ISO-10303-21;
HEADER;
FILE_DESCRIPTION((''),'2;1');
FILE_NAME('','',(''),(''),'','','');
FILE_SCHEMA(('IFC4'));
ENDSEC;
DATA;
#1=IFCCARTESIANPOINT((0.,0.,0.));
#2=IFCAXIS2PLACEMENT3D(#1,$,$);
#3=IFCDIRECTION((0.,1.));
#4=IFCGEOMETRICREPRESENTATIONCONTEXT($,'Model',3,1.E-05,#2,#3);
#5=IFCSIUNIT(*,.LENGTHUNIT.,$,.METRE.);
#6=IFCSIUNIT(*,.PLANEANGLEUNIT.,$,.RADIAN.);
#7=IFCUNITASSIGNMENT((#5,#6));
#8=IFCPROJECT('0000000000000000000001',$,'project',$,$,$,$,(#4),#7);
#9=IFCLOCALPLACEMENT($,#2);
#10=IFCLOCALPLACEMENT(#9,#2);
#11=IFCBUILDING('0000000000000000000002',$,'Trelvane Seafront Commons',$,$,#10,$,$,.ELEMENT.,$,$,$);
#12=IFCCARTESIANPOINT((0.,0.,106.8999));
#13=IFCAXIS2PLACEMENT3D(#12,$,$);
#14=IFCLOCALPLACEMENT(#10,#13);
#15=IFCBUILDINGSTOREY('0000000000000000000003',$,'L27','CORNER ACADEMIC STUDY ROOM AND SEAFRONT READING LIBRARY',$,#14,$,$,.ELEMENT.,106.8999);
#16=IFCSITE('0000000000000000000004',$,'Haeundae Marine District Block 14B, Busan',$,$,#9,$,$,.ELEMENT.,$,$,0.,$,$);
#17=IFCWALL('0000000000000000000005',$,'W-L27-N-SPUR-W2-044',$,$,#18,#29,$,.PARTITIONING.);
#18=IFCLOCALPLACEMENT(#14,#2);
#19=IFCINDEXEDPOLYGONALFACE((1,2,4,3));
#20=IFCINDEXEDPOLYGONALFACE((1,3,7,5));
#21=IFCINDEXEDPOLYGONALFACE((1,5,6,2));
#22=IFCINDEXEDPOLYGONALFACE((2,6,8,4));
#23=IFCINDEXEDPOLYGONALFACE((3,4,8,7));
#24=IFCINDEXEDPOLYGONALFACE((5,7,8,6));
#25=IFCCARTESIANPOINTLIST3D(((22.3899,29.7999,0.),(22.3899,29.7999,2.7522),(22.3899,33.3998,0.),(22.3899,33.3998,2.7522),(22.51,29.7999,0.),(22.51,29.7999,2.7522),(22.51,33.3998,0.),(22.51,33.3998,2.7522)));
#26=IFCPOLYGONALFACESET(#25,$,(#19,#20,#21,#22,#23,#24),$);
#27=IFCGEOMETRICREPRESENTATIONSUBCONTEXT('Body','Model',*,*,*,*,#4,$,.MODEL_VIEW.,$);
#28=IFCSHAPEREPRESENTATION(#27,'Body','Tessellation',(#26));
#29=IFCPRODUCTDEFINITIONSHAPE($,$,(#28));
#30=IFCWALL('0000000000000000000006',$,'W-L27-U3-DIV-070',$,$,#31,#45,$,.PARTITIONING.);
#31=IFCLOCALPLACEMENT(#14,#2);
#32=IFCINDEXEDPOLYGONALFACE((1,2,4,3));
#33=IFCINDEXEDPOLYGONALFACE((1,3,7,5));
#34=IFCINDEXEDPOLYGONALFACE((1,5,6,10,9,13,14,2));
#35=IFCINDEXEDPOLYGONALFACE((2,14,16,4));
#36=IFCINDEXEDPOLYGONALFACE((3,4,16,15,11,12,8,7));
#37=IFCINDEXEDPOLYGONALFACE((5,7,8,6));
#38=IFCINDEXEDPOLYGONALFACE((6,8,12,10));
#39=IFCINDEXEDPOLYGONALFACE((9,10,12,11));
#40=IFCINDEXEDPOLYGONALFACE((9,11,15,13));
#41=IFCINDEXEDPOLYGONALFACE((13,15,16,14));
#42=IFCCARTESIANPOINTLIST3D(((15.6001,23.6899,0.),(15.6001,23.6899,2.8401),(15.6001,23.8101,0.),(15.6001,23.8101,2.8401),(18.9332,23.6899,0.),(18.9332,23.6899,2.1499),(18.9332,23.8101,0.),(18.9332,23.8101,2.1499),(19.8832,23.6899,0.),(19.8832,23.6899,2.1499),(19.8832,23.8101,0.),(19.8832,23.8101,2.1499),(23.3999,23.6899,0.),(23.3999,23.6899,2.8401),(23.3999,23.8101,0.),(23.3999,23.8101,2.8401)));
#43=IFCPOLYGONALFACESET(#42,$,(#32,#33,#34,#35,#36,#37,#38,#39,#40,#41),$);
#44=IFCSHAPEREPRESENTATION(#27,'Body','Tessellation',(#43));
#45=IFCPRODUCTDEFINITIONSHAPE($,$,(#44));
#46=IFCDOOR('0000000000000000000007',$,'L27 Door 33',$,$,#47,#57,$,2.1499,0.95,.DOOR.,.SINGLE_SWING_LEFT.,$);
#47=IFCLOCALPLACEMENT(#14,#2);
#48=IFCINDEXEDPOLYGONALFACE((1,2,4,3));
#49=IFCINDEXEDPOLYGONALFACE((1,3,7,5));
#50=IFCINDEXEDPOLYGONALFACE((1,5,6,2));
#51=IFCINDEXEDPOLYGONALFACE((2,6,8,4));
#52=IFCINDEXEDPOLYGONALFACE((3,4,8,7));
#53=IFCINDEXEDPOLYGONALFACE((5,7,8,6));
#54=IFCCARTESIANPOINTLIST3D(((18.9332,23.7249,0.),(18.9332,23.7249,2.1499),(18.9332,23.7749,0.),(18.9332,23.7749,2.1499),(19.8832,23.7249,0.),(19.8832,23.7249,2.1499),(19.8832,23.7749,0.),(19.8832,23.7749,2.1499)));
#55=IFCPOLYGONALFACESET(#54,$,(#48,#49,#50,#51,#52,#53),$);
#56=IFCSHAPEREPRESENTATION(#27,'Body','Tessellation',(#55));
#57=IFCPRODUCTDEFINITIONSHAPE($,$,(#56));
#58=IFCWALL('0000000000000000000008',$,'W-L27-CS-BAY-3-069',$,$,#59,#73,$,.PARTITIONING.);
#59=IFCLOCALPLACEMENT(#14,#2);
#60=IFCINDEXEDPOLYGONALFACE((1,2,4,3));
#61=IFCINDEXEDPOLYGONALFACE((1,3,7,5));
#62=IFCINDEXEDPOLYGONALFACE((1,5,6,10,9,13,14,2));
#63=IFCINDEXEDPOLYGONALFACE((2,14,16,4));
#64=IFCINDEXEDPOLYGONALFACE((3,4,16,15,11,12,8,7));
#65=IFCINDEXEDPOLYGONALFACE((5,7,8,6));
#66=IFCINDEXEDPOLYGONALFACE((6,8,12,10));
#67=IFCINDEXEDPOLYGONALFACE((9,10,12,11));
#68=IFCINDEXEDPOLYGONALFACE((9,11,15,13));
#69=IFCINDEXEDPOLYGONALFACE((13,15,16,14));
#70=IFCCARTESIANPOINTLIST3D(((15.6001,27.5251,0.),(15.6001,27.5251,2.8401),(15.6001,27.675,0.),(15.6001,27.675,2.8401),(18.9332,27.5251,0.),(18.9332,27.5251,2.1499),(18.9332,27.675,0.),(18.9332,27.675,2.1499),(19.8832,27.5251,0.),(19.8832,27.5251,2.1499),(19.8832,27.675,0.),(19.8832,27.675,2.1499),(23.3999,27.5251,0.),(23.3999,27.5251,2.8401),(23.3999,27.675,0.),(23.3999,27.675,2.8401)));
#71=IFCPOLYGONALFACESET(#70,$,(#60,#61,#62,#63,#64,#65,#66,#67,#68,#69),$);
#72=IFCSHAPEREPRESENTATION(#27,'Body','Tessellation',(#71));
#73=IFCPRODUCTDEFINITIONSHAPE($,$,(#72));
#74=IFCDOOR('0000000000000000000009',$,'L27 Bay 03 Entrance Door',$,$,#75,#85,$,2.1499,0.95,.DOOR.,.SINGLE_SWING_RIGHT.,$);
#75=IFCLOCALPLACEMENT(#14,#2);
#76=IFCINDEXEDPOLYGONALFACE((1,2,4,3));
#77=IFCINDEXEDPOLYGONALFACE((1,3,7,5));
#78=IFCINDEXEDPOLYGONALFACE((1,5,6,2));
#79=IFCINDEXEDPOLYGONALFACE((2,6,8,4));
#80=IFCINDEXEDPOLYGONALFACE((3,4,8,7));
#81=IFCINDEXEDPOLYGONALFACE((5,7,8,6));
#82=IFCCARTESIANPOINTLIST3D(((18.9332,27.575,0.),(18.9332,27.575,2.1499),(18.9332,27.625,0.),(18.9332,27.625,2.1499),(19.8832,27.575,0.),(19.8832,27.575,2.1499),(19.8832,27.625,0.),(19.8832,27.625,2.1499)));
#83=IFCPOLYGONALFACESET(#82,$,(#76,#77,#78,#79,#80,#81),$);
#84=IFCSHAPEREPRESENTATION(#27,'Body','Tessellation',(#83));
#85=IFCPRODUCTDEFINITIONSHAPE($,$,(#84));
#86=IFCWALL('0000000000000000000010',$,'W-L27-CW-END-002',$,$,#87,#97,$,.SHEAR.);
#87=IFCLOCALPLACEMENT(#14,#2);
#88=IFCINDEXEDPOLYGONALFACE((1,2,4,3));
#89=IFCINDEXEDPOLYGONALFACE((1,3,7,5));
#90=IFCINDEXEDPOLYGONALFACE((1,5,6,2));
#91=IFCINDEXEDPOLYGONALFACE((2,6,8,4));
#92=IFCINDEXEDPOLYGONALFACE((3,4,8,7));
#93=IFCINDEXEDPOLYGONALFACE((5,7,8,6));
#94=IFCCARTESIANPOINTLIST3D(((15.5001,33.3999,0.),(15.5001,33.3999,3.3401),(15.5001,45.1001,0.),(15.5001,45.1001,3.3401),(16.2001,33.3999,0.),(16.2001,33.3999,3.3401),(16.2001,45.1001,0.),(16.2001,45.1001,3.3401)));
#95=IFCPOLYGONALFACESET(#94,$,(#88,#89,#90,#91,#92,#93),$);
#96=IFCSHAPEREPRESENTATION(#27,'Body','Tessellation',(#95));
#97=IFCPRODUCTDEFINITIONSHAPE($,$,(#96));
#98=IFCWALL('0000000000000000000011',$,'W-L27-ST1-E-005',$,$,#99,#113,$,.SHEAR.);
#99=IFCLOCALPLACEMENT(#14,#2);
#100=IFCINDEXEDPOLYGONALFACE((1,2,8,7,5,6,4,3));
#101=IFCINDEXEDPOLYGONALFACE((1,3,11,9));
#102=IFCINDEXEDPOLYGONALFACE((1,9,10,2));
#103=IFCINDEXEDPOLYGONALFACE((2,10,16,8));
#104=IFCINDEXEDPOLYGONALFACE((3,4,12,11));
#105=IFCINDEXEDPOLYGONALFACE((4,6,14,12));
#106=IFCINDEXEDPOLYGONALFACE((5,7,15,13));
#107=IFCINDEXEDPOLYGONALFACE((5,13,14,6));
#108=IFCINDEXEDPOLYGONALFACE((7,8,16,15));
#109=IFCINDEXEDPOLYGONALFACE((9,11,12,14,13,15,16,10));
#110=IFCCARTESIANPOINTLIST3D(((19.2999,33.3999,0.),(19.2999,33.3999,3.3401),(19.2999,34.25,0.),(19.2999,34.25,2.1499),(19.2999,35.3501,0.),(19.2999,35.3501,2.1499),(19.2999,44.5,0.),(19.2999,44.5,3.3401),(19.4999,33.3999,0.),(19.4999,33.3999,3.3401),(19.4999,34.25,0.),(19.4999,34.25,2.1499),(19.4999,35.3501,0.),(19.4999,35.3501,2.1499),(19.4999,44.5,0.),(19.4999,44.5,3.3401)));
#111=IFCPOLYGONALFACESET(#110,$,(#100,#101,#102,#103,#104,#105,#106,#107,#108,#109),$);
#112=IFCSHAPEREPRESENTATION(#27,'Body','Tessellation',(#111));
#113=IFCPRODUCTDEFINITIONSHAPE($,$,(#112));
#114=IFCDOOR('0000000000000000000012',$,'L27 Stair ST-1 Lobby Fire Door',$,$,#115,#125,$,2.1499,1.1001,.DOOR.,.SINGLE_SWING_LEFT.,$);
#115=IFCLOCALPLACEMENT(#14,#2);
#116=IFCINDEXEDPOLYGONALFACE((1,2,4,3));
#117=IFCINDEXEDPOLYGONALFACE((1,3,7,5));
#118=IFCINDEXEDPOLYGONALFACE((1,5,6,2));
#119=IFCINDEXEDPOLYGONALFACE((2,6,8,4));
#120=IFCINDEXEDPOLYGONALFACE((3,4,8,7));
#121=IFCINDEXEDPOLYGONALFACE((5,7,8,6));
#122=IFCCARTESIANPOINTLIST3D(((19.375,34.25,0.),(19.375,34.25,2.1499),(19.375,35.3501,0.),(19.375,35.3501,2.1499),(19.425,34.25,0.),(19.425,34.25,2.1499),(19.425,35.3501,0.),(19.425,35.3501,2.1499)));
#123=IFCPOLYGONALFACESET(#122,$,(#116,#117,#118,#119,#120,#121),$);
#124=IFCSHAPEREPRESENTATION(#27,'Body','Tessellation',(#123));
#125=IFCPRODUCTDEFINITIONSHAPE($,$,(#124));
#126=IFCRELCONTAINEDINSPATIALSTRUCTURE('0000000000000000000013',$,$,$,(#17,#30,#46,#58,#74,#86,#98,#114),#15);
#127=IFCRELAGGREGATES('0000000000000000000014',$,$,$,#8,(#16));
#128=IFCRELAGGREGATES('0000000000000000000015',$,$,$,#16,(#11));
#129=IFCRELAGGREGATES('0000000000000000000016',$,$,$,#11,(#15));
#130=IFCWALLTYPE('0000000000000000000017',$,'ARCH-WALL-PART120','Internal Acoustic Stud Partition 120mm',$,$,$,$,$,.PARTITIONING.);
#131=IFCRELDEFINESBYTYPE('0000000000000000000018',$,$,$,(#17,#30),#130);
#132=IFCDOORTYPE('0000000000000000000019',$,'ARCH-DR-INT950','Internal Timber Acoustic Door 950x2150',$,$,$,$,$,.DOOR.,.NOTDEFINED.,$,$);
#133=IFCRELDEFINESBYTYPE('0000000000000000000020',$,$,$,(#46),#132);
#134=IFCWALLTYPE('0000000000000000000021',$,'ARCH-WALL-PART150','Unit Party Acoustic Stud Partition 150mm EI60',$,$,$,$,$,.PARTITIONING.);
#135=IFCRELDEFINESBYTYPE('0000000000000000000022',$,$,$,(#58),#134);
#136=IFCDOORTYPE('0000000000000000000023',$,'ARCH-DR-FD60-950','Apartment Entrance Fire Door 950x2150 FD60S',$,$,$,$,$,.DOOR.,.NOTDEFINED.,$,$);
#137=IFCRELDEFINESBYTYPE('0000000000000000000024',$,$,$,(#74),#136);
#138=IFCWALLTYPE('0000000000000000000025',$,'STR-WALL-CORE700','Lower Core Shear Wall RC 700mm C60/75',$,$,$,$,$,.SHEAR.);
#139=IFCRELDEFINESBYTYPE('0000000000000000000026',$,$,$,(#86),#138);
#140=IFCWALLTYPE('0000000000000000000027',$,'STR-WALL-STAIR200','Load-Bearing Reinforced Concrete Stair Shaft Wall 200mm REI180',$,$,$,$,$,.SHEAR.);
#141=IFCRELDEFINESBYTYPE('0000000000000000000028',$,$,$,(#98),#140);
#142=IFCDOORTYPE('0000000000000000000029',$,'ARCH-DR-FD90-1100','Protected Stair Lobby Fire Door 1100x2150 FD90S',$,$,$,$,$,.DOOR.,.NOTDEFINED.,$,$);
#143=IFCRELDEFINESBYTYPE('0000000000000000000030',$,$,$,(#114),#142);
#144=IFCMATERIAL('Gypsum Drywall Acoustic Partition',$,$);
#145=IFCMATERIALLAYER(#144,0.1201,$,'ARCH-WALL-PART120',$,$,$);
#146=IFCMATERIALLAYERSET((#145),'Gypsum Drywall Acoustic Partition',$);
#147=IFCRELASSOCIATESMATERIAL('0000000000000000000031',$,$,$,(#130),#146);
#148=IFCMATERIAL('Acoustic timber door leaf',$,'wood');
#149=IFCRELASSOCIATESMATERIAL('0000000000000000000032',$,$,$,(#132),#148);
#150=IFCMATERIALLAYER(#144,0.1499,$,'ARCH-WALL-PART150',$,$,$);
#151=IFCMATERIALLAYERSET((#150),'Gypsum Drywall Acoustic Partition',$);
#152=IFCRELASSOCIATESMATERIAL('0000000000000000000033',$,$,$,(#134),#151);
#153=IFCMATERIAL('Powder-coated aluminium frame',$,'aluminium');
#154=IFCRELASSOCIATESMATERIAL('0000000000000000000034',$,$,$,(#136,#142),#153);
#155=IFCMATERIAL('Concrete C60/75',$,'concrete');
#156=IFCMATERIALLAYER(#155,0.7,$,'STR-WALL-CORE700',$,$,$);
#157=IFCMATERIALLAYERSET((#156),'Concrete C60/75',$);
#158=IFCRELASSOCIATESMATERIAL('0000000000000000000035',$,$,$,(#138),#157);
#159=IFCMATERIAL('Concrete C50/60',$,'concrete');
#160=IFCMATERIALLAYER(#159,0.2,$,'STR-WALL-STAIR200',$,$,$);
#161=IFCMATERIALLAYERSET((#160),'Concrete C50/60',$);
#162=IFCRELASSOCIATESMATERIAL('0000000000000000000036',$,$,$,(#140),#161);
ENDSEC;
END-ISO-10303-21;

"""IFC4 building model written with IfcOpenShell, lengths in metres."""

from ifc_helpers import new_model, si_unit, direction, frame, frame_2d, origin, place, context, subcontext, project, spatial, rectangle, extrude, source, transform, mapped, material, layer, layer_set, type_object, element, fill, save


model = new_model("IFC4")

# Units and contexts
model_context = context("Model", 3, precision=1e-05, world=origin(), true_north=direction((0.0, 1.0)))
body_context = subcontext(model_context, "Body", "Model", "MODEL_VIEW")
ifc_project = project(units=[si_unit("LENGTHUNIT", "METRE"), si_unit("PLANEANGLEUNIT", "RADIAN")], contexts=[model_context])

# Site, building, storey
site_placement = place(None, origin())
site = spatial("IfcSite", under=ifc_project, at=site_placement, Name="Haeundae Marine District Block 14B, Busan", CompositionType="ELEMENT", RefElevation=0.0)
building_placement = place(site_placement, origin())
building = spatial("IfcBuilding", under=site, at=building_placement, Name="Trelvane Seafront Commons", CompositionType="ELEMENT")
storey_placement = place(building_placement, frame((0.0, 0.0, 106.8999)))
storey = spatial("IfcBuildingStorey", under=building, at=storey_placement, Name="L27", Description="CORNER ACADEMIC STUDY ROOM AND SEAFRONT READING LIBRARY", CompositionType="ELEMENT", Elevation=106.8999)

# Shared definitions
ifc_material_1 = material(Name="Concrete C60/75", Category="concrete")

# Shared definitions
ifc_material_2 = material(Name="Powder-coated aluminium frame", Category="aluminium")
ifc_material_3 = material(Name="Gypsum Drywall Acoustic Partition")
ifc_layer_1 = layer(ifc_material_3, 0.1201, Name="ARCH-WALL-PART120")
ifc_layer_set_1 = layer_set([ifc_layer_1], Name="Gypsum Drywall Acoustic Partition")
wall_type_1 = type_object("IfcWallType", Name="ARCH-WALL-PART120", Description="Internal Acoustic Stud Partition 120mm", PredefinedType="PARTITIONING", material=ifc_layer_set_1)
ifc_material_4 = material(Name="Acoustic timber door leaf", Category="wood")
door_type_1 = type_object("IfcDoorType", Name="ARCH-DR-INT950", Description="Internal Timber Acoustic Door 950x2150", OperationType="NOTDEFINED", PredefinedType="DOOR", material=ifc_material_4)
shared_shape_1 = source(origin(), body_context, "Body", "SweptSolid", [
    extrude(rectangle(XDim=0.95, YDim=2.1499, at=frame_2d((0.4751, 1.075))), frame((0.0, 0.0249, 0.0), z_axis=(0.0, -1.0, 0.0), x_axis=(1.0, 0.0, 0.0)), (0.0, 0.0, 1.0), 0.05),
])

# Wall
for number, where, z_axis, x_axis, name in (
    (1, (22.45, 29.8, 0.0), (0.0, 0.0, 1.0), (0.0, 1.0, 0.0), "W-L27-N-SPUR-W2-044"),
):
    element("IfcWall", number, at=place(storey_placement, frame(where, z_axis=z_axis, x_axis=x_axis)), inside=storey, type_object=wall_type_1, Name=name, PredefinedType="PARTITIONING", context=body_context, shape_type="SweptSolid", body=[
        extrude(rectangle(XDim=3.5999, YDim=0.1201, at=frame_2d((1.7998, 0.0))), origin(), (0.0, 0.0, 1.0), 2.7522),
    ])

# Walls, openings, doors
wall_1_placement = place(storey_placement, frame((15.6001, 23.75, 0.0), z_axis=(0.0, 0.0, 1.0), x_axis=(1.0, 0.0, 0.0)))
wall_1 = element("IfcWall", 2, at=wall_1_placement, inside=storey, type_object=wall_type_1, Name="W-L27-U3-DIV-070", PredefinedType="PARTITIONING", context=body_context, shape_type="SweptSolid", body=[
    extrude(rectangle(XDim=7.7998, YDim=0.1201, at=frame_2d((3.8999, 0.0))), origin(), (0.0, 0.0, 1.0), 2.8401),
])
opening_1_placement = place(wall_1_placement, frame((3.333, 0.0, 0.0)))
opening_1 = element("IfcOpeningElement", 3, at=opening_1_placement, cuts=wall_1, PredefinedType="OPENING", context=body_context, shape_type="SweptSolid", body=[
    extrude(rectangle(XDim=0.95, YDim=2.1499, at=frame_2d((0.4751, 1.075))), frame((0.0, 0.0701, 0.0), z_axis=(0.0, -1.0, 0.0), x_axis=(1.0, 0.0, 0.0)), (0.0, 0.0, 1.0), 0.1401),
])
door_1_placement = place(opening_1_placement, origin())
door_1 = element("IfcDoor", 4, at=door_1_placement, inside=storey, type_object=door_type_1, Name="L27 Door 33", OperationType="SINGLE_SWING_LEFT", OverallHeight=2.1499, OverallWidth=0.95, PredefinedType="DOOR", context=body_context, shape_type="MappedRepresentation", body=[
    mapped(shared_shape_1, transform((0.0, 0.0, 0.0), x_axis=(1.0, 0.0, 0.0), y_axis=(0.0, 1.0, 0.0), z_axis=(0.0, 0.0, 1.0), scale=1.0)),
])
fill(opening_1, door_1)
ifc_layer_2 = layer(ifc_material_3, 0.1499, Name="ARCH-WALL-PART150")
ifc_layer_set_2 = layer_set([ifc_layer_2], Name="Gypsum Drywall Acoustic Partition")
wall_type_2 = type_object("IfcWallType", Name="ARCH-WALL-PART150", Description="Unit Party Acoustic Stud Partition 150mm EI60", PredefinedType="PARTITIONING", material=ifc_layer_set_2)
wall_2_placement = place(storey_placement, frame((15.6001, 27.6001, 0.0), z_axis=(0.0, 0.0, 1.0), x_axis=(1.0, 0.0, 0.0)))
wall_2 = element("IfcWall", 5, at=wall_2_placement, inside=storey, type_object=wall_type_2, Name="W-L27-CS-BAY-3-069", PredefinedType="PARTITIONING", context=body_context, shape_type="SweptSolid", body=[
    extrude(rectangle(XDim=7.7998, YDim=0.1499, at=frame_2d((3.8999, 0.0))), origin(), (0.0, 0.0, 1.0), 2.8401),
])
opening_2_placement = place(wall_2_placement, frame((3.333, 0.0, 0.0)))
opening_2 = element("IfcOpeningElement", 6, at=opening_2_placement, cuts=wall_2, PredefinedType="OPENING", context=body_context, shape_type="SweptSolid", body=[
    extrude(rectangle(XDim=0.95, YDim=2.1499, at=frame_2d((0.4751, 1.075))), frame((0.0, 0.085, 0.0), z_axis=(0.0, -1.0, 0.0), x_axis=(1.0, 0.0, 0.0)), (0.0, 0.0, 1.0), 0.1699),
])
door_type_2 = type_object("IfcDoorType", Name="ARCH-DR-FD60-950", Description="Apartment Entrance Fire Door 950x2150 FD60S", OperationType="NOTDEFINED", PredefinedType="DOOR", material=ifc_material_2)
door_2_placement = place(opening_2_placement, origin())
door_2 = element("IfcDoor", 7, at=door_2_placement, inside=storey, type_object=door_type_2, Name="L27 Bay 03 Entrance Door", OperationType="SINGLE_SWING_RIGHT", OverallHeight=2.1499, OverallWidth=0.95, PredefinedType="DOOR", context=body_context, shape_type="MappedRepresentation", body=[
    mapped(shared_shape_1, transform((0.0, 0.0, 0.0), x_axis=(1.0, 0.0, 0.0), y_axis=(0.0, 1.0, 0.0), z_axis=(0.0, 0.0, 1.0), scale=1.0)),
])
fill(opening_2, door_2)

# Wall
ifc_layer_3 = layer(ifc_material_1, 0.7, Name="STR-WALL-CORE700")
ifc_layer_set_3 = layer_set([ifc_layer_3], Name="Concrete C60/75")
wall_type_3 = type_object("IfcWallType", Name="STR-WALL-CORE700", Description="Lower Core Shear Wall RC 700mm C60/75", PredefinedType="SHEAR", material=ifc_layer_set_3)
wall_3_placement = place(storey_placement, frame((15.8501, 33.3999, 0.0), z_axis=(0.0, 0.0, 1.0), x_axis=(0.0, 1.0, 0.0)))
element("IfcWall", 8, at=wall_3_placement, inside=storey, type_object=wall_type_3, Name="W-L27-CW-END-002", PredefinedType="SHEAR", context=body_context, shape_type="SweptSolid", body=[
    extrude(rectangle(XDim=11.7002, YDim=0.7, at=frame_2d((5.8501, 0.0))), origin(), (0.0, 0.0, 1.0), 3.3401),
])

# Wall, opening, door
ifc_material_5 = material(Name="Concrete C50/60", Category="concrete")
ifc_layer_4 = layer(ifc_material_5, 0.2, Name="STR-WALL-STAIR200")
ifc_layer_set_4 = layer_set([ifc_layer_4], Name="Concrete C50/60")
wall_type_4 = type_object("IfcWallType", Name="STR-WALL-STAIR200", Description="Load-Bearing Reinforced Concrete Stair Shaft Wall 200mm REI180", PredefinedType="SHEAR", material=ifc_layer_set_4)
wall_4_placement = place(storey_placement, frame((19.3999, 33.3999, 0.0), z_axis=(0.0, 0.0, 1.0), x_axis=(0.0, 1.0, 0.0)))
wall_4 = element("IfcWall", 9, at=wall_4_placement, inside=storey, type_object=wall_type_4, Name="W-L27-ST1-E-005", PredefinedType="SHEAR", context=body_context, shape_type="SweptSolid", body=[
    extrude(rectangle(XDim=11.1001, YDim=0.2, at=frame_2d((5.55, 0.0))), origin(), (0.0, 0.0, 1.0), 3.3401),
])
opening_3_placement = place(wall_4_placement, frame((0.8501, 0.0, 0.0)))
opening_3 = element("IfcOpeningElement", 10, at=opening_3_placement, cuts=wall_4, PredefinedType="OPENING", context=body_context, shape_type="SweptSolid", body=[
    extrude(rectangle(XDim=1.1001, YDim=2.1499, at=frame_2d((0.55, 1.075))), frame((0.0, 0.1099, 0.0), z_axis=(0.0, -1.0, 0.0), x_axis=(1.0, 0.0, 0.0)), (0.0, 0.0, 1.0), 0.22),
])
door_type_3 = type_object("IfcDoorType", Name="ARCH-DR-FD90-1100", Description="Protected Stair Lobby Fire Door 1100x2150 FD90S", OperationType="NOTDEFINED", PredefinedType="DOOR", material=ifc_material_2)
shared_shape_2 = source(origin(), body_context, "Body", "SweptSolid", [
    extrude(rectangle(XDim=1.1001, YDim=2.1499, at=frame_2d((0.55, 1.075))), frame((0.0, 0.0249, 0.0), z_axis=(0.0, -1.0, 0.0), x_axis=(1.0, 0.0, 0.0)), (0.0, 0.0, 1.0), 0.05),
])
door_3_placement = place(opening_3_placement, origin())
door_3 = element("IfcDoor", 11, at=door_3_placement, inside=storey, type_object=door_type_3, Name="L27 Stair ST-1 Lobby Fire Door", OperationType="SINGLE_SWING_LEFT", OverallHeight=2.1499, OverallWidth=1.1001, PredefinedType="DOOR", context=body_context, shape_type="MappedRepresentation", body=[
    mapped(shared_shape_2, transform((0.0, 0.0, 0.0), x_axis=(1.0, 0.0, 0.0), y_axis=(0.0, 1.0, 0.0), z_axis=(0.0, 0.0, 1.0), scale=1.0)),
])
fill(opening_3, door_3)

save(model, "model.ifc")
